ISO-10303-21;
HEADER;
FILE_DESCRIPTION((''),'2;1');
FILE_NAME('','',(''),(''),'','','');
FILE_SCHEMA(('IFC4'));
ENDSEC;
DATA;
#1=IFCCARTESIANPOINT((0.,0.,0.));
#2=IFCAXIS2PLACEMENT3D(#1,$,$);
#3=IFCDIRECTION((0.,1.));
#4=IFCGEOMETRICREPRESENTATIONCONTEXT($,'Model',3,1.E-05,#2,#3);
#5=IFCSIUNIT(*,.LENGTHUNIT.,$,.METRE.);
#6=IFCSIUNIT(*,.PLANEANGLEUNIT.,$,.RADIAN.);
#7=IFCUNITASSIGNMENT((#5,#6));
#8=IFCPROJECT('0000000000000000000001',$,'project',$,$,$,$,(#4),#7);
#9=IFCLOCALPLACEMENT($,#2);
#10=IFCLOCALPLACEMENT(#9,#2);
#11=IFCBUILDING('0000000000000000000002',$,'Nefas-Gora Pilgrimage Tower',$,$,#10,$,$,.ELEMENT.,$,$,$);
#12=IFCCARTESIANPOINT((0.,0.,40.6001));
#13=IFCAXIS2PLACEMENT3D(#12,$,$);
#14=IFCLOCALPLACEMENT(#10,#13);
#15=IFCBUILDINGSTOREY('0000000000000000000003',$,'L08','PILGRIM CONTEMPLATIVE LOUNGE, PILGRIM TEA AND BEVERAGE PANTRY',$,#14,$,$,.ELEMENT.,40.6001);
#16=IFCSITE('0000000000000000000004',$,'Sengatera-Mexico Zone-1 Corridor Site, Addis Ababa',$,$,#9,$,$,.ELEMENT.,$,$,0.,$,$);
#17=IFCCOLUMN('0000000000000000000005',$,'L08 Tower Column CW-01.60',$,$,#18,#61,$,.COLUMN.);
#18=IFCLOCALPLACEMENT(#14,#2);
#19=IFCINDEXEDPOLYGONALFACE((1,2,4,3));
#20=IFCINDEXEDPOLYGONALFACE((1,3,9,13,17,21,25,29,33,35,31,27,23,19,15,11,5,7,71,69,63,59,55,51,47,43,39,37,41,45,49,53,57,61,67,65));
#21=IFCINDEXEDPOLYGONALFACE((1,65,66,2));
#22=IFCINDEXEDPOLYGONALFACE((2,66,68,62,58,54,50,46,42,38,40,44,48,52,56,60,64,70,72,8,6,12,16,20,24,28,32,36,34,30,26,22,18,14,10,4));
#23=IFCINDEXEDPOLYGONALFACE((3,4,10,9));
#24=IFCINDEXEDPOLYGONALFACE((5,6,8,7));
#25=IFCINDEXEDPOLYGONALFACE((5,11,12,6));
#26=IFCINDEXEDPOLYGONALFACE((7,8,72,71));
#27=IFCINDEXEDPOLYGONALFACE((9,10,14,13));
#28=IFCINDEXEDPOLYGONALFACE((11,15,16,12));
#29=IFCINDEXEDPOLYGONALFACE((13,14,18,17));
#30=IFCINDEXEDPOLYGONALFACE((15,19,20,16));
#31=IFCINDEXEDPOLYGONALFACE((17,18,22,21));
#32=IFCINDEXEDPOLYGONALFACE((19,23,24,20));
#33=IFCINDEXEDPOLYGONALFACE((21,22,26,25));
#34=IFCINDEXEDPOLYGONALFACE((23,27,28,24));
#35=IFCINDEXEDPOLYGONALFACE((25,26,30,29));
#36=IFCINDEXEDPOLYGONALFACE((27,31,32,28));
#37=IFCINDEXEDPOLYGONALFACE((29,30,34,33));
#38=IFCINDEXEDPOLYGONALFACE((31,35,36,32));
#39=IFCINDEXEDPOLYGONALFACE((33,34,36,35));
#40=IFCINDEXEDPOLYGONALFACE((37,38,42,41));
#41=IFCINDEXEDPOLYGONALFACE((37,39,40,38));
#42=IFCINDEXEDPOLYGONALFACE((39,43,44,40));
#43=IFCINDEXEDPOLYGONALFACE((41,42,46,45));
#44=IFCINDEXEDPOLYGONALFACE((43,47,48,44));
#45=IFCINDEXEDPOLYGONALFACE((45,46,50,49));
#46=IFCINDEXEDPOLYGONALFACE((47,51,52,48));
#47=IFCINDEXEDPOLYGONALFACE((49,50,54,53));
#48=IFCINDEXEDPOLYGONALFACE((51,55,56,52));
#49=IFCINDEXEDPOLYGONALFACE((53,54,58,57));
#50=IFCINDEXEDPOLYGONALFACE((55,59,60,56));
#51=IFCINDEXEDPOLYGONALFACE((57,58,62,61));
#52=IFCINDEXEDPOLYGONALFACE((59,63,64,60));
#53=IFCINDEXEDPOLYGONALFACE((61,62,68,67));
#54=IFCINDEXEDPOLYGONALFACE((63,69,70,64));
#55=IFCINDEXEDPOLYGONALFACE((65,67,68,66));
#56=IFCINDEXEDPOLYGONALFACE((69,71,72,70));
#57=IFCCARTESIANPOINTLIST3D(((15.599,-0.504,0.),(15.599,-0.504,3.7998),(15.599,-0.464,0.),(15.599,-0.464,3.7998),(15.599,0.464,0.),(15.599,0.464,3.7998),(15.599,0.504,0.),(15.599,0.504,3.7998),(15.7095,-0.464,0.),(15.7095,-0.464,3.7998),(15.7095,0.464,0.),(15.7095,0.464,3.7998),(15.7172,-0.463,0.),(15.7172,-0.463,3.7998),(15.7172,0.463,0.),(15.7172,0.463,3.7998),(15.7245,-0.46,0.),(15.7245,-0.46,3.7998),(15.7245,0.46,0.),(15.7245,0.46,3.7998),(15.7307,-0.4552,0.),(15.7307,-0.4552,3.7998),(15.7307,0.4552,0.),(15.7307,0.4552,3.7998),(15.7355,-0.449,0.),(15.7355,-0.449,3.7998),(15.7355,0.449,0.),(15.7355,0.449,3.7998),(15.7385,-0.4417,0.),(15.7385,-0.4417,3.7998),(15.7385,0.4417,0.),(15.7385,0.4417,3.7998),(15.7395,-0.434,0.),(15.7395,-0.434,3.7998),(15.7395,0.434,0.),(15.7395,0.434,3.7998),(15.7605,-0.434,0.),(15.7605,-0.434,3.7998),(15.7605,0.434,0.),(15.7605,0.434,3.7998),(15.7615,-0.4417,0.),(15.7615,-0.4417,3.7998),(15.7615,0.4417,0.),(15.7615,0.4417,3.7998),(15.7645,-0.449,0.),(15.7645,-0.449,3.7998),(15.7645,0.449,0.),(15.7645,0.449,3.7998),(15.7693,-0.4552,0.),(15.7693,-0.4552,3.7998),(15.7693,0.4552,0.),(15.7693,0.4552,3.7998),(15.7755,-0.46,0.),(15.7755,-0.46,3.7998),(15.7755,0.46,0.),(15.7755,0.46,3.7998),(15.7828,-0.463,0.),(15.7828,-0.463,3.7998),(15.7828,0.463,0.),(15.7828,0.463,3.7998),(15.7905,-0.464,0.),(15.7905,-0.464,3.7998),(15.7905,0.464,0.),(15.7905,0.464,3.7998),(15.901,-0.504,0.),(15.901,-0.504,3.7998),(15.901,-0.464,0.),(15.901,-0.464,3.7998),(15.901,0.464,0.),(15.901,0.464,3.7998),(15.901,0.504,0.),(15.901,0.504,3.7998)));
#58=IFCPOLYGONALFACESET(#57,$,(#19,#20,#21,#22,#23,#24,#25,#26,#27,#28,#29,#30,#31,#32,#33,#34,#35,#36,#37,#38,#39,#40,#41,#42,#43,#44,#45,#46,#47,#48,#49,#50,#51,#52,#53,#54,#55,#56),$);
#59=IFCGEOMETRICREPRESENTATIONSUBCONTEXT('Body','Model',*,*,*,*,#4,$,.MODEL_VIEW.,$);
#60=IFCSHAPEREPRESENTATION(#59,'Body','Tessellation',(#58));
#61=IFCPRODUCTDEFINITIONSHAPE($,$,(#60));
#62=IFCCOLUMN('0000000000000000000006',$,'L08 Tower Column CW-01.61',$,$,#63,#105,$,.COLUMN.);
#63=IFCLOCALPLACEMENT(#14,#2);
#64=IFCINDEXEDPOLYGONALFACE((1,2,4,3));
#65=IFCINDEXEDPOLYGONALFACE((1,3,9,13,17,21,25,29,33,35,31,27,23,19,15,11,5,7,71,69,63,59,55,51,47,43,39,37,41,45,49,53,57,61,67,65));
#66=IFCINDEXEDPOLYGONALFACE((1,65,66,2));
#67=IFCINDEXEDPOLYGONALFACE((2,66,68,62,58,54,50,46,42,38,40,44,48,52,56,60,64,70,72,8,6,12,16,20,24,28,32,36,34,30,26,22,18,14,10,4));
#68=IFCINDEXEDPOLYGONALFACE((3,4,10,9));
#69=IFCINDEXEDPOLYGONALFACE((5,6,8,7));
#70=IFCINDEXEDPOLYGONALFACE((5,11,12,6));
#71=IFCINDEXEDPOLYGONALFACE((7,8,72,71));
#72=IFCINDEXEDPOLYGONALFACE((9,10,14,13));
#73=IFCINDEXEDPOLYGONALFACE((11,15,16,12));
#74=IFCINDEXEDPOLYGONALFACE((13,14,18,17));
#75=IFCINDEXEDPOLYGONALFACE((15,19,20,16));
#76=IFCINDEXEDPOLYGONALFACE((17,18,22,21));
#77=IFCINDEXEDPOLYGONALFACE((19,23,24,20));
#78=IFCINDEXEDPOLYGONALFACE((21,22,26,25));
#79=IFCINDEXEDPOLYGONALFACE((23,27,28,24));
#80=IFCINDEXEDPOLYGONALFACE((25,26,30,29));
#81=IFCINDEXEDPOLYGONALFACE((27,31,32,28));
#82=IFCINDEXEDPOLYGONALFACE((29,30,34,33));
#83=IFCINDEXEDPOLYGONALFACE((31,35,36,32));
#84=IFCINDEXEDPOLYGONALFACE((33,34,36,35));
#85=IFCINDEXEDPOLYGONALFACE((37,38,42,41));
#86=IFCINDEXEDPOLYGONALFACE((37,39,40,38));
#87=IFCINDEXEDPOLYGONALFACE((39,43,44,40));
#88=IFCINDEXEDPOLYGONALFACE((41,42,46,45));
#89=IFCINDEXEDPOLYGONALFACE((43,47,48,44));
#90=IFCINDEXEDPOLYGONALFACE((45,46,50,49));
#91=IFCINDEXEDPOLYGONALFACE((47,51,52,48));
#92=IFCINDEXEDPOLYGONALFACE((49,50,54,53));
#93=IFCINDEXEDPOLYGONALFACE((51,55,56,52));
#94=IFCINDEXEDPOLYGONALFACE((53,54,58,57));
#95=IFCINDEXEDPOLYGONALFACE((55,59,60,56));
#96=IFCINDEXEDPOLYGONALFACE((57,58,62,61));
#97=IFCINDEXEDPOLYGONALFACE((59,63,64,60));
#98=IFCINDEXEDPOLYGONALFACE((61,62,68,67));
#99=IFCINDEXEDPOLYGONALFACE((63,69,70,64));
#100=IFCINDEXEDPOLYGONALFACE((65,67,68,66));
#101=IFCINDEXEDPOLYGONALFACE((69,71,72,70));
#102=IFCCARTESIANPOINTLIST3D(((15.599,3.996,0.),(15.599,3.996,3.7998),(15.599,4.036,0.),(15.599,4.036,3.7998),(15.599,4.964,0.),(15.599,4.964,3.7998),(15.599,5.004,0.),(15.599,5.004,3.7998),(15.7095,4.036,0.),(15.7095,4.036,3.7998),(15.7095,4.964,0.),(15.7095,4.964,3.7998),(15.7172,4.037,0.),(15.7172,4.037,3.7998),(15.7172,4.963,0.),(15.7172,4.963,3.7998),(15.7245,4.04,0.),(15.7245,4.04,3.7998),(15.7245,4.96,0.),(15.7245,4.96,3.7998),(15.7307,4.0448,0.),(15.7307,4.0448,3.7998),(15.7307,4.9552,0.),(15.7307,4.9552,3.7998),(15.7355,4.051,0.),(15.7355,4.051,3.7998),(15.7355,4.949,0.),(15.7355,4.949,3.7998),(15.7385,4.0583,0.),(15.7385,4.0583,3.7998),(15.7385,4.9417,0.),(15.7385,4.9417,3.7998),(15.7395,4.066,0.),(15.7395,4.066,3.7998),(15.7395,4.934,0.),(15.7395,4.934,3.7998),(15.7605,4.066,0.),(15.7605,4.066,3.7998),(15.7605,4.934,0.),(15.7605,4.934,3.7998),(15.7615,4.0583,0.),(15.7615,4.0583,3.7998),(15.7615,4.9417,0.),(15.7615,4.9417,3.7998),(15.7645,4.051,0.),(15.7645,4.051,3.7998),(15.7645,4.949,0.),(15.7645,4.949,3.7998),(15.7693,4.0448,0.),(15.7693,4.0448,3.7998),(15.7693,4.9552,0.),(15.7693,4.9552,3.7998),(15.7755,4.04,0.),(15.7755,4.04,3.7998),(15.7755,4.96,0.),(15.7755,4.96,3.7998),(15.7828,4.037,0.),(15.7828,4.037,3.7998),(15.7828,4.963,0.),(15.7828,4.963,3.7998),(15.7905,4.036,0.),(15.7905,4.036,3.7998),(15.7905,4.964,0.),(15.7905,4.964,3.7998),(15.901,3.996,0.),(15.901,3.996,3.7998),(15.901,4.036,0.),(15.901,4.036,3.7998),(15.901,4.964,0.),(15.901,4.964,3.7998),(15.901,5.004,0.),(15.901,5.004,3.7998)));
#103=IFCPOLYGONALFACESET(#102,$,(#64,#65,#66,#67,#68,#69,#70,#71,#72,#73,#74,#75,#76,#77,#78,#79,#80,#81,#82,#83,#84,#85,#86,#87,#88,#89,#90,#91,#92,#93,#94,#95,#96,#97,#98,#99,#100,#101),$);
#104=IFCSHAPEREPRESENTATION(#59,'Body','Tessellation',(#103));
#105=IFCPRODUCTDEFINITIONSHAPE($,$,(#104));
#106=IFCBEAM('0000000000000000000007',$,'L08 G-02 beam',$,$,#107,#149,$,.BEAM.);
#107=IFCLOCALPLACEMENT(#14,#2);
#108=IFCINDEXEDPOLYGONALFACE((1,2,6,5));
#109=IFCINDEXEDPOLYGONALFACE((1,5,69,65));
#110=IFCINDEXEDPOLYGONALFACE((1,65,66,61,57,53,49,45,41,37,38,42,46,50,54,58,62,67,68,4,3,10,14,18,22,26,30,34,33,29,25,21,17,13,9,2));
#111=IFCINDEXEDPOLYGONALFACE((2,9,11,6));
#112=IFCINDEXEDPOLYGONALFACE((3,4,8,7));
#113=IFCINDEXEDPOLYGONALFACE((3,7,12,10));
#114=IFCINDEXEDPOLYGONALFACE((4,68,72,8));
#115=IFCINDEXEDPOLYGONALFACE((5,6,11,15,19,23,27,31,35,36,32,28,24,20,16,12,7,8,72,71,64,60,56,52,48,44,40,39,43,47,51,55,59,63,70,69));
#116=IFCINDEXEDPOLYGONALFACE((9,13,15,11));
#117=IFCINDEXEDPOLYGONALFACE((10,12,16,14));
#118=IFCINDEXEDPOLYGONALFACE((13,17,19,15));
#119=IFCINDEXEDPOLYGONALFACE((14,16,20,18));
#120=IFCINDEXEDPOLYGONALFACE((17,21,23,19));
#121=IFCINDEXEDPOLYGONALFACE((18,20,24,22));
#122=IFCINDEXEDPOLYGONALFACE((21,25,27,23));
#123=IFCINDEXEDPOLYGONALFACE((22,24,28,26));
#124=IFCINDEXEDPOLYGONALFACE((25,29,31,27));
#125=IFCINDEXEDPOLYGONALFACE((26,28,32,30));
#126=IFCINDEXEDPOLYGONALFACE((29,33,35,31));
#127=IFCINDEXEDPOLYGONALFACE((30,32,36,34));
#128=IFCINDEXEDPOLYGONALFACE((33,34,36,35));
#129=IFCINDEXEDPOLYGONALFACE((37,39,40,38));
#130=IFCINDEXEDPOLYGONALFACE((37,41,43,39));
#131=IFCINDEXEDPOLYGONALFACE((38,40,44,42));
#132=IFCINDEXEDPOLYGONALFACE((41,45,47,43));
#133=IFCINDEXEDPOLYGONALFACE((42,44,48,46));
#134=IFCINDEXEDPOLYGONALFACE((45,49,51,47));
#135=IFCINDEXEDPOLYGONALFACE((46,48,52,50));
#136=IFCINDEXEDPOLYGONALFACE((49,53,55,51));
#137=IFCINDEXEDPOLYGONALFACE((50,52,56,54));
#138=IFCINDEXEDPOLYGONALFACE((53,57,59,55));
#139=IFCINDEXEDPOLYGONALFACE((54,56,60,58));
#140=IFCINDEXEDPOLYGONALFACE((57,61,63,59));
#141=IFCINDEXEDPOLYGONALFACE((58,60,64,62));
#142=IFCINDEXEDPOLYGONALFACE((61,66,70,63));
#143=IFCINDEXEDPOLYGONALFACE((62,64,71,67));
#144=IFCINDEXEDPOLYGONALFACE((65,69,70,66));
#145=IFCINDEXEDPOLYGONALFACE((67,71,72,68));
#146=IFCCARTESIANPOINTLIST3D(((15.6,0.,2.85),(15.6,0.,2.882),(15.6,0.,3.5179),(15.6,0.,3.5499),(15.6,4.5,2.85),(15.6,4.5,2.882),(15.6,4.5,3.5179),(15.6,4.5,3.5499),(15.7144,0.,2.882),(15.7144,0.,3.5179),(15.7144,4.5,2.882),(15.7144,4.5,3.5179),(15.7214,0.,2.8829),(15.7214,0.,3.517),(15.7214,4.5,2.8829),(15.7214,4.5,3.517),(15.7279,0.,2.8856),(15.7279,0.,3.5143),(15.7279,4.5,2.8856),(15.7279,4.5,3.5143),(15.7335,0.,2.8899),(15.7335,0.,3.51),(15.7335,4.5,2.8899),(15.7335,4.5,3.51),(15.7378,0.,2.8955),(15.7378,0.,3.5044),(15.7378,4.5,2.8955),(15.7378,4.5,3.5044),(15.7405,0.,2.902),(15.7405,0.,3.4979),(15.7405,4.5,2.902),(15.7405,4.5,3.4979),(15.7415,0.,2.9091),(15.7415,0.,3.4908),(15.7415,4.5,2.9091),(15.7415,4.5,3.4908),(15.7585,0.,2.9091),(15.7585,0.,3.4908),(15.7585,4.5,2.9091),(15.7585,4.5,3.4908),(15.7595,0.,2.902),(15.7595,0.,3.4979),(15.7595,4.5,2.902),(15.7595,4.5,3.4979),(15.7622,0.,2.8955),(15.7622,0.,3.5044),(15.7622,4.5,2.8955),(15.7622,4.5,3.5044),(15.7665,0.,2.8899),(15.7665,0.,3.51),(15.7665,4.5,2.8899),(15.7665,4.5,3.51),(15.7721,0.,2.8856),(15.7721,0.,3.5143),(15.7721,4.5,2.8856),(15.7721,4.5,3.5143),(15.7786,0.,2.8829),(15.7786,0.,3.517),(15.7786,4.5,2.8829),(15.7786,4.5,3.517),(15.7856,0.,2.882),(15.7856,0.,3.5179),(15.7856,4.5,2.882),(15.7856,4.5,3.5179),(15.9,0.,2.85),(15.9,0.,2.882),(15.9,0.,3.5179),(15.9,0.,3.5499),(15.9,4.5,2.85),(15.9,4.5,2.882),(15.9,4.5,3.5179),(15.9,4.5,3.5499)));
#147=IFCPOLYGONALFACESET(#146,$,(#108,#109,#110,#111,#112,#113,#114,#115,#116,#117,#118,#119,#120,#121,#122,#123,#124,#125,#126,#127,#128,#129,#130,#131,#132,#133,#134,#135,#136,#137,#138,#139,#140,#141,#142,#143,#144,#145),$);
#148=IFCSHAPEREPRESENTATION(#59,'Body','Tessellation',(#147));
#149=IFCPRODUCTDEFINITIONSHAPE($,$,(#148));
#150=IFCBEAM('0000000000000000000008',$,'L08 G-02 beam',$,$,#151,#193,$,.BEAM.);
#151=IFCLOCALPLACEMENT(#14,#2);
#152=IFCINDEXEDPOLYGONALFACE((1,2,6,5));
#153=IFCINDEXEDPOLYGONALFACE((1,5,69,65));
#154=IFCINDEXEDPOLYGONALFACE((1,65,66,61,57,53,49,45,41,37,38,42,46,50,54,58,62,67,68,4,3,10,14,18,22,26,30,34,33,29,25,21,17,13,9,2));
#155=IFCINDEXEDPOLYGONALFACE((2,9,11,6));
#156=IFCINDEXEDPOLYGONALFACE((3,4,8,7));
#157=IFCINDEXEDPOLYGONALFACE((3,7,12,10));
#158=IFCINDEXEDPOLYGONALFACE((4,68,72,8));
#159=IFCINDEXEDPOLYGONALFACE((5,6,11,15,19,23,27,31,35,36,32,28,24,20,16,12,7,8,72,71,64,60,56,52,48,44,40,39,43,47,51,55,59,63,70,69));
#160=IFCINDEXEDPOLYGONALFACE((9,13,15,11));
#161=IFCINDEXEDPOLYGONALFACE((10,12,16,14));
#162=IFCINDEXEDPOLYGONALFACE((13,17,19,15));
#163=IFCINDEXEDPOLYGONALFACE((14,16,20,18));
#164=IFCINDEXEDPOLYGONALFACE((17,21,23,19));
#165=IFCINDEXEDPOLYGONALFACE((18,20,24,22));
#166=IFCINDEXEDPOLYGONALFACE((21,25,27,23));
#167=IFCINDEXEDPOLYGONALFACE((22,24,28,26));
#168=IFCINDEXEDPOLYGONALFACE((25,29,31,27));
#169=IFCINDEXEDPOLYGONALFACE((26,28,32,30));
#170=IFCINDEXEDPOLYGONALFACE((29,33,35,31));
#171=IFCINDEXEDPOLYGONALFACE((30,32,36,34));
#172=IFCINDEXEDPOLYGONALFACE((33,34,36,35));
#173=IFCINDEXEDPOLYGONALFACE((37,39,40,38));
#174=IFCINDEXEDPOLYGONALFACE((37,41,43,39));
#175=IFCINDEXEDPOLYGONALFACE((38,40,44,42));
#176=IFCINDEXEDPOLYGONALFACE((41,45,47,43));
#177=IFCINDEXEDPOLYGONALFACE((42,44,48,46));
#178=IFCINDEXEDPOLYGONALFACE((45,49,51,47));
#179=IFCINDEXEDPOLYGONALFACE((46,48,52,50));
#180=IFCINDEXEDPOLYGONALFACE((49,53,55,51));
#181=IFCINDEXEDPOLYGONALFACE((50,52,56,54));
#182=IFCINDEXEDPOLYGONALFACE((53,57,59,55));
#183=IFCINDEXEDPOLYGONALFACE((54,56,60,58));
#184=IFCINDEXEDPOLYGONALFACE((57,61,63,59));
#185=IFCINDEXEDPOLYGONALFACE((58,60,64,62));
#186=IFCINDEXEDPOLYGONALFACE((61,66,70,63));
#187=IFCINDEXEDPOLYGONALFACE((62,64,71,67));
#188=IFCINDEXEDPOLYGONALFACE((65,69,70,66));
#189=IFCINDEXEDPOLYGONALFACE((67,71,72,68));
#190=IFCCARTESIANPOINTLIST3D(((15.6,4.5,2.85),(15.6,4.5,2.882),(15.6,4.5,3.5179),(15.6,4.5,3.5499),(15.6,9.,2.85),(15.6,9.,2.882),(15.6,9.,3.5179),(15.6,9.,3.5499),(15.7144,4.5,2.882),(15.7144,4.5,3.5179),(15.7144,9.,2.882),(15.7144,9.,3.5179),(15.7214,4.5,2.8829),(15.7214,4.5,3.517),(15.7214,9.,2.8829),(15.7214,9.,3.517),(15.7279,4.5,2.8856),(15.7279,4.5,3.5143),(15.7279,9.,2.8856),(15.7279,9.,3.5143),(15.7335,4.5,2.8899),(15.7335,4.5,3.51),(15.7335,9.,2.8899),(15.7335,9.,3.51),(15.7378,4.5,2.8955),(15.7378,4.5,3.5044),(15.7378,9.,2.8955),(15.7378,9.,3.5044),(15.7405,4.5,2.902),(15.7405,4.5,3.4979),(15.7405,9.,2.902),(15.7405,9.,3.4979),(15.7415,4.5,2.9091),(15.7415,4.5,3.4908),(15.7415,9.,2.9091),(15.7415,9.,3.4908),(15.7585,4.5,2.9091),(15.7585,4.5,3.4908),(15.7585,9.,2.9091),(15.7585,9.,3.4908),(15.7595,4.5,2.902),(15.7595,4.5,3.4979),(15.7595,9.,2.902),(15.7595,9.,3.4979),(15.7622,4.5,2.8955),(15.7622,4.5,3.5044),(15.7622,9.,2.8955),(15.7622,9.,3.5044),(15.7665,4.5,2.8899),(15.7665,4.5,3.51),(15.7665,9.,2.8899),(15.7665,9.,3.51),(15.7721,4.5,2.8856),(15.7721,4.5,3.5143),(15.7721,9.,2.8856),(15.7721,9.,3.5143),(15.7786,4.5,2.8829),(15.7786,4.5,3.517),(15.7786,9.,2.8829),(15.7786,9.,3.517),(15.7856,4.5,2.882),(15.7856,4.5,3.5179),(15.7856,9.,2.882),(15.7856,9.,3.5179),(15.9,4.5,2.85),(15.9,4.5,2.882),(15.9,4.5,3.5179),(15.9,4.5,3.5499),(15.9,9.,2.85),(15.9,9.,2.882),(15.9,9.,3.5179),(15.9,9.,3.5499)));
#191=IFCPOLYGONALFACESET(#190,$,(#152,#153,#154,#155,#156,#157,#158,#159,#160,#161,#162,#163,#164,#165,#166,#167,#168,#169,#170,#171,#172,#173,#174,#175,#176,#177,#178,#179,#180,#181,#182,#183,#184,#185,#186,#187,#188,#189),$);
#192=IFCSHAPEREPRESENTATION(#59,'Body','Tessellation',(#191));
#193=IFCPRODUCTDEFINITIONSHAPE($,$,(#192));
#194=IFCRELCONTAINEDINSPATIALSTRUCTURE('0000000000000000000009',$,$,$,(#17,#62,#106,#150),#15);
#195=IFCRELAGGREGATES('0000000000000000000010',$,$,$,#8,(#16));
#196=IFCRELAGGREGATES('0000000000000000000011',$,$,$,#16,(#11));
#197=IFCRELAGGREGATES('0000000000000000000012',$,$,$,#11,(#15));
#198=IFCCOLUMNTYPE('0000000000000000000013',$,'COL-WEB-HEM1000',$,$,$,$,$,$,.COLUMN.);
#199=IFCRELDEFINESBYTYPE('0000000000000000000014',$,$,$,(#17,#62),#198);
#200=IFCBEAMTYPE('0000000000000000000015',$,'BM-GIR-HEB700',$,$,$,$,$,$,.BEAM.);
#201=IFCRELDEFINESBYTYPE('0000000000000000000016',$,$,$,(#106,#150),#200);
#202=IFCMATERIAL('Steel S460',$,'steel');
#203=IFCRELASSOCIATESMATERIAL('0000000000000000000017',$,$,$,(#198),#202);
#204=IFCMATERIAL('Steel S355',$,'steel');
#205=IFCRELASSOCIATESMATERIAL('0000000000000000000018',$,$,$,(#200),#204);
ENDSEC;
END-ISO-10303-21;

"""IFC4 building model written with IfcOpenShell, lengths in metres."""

from ifc_helpers import new_model, si_unit, direction, frame, origin, origin_2d, place, context, subcontext, project, spatial, i_section, extrude, source, transform, mapped, material, material_profile, profile_set, type_object, element, save


model = new_model("IFC4")

# Units and contexts
model_context = context("Model", 3, precision=1e-05, world=origin(), true_north=direction((0.0, 1.0)))
body_context = subcontext(model_context, "Body", "Model", "MODEL_VIEW")
ifc_project = project(units=[si_unit("LENGTHUNIT", "METRE"), si_unit("PLANEANGLEUNIT", "RADIAN")], contexts=[model_context])

# Site, building, storey
site_placement = place(None, origin())
site = spatial("IfcSite", under=ifc_project, at=site_placement, Name="Sengatera-Mexico Zone-1 Corridor Site, Addis Ababa", CompositionType="ELEMENT", RefElevation=0.0)
building_placement = place(site_placement, origin())
building = spatial("IfcBuilding", under=site, at=building_placement, Name="Nefas-Gora Pilgrimage Tower", CompositionType="ELEMENT")
storey_placement = place(building_placement, frame((0.0, 0.0, 40.6001)))
storey = spatial("IfcBuildingStorey", under=building, at=storey_placement, Name="L08", Description="PILGRIM CONTEMPLATIVE LOUNGE, PILGRIM TEA AND BEVERAGE PANTRY", CompositionType="ELEMENT", Elevation=40.6001)

# Columns
ifc_material_1 = material(Name="Steel S460", Category="steel")
ifc_material_profile_1 = material_profile(ifc_material_1, i_section(OverallWidth=0.302, OverallDepth=1.0081, WebThickness=0.021, FlangeThickness=0.04, FilletRadius=0.03, at=origin_2d()), Name="HEM 1000")
ifc_profile_set_1 = profile_set([ifc_material_profile_1], Name="Steel S460")
column_type = type_object("IfcColumnType", Name="COL-WEB-HEM1000", PredefinedType="COLUMN", material=ifc_profile_set_1)
shared_shape_1 = source(origin(), body_context, "Body", "SweptSolid", [
    extrude(i_section(OverallWidth=0.302, OverallDepth=1.0081, WebThickness=0.021, FlangeThickness=0.04, FilletRadius=0.03, at=origin_2d()), origin(), (0.0, 0.0, 1.0), 3.7998),
])
for number, where, z_axis, x_axis, name in (
    (1, (15.75, 0.0, 0.0), (0.0, 0.0, 1.0), (1.0, 0.0, 0.0), "L08 Tower Column CW-01.60"),
    (2, (15.75, 4.5, 0.0), (0.0, 0.0, 1.0), (1.0, 0.0, 0.0), "L08 Tower Column CW-01.61"),
):
    element("IfcColumn", number, at=place(storey_placement, frame(where, z_axis=z_axis, x_axis=x_axis)), inside=storey, type_object=column_type, Name=name, PredefinedType="COLUMN", context=body_context, shape_type="MappedRepresentation", body=[
        mapped(shared_shape_1, transform((0.0, 0.0, 0.0), x_axis=(1.0, 0.0, 0.0), y_axis=(0.0, 1.0, 0.0), z_axis=(0.0, 0.0, 1.0), scale=1.0)),
    ])

# Beams
ifc_material_2 = material(Name="Steel S355", Category="steel")
ifc_material_profile_2 = material_profile(ifc_material_2, i_section(OverallWidth=0.3, OverallDepth=0.7, WebThickness=0.0171, FlangeThickness=0.032, FilletRadius=0.0271, at=origin_2d()), Name="HEB 700")
ifc_profile_set_2 = profile_set([ifc_material_profile_2], Name="Steel S355")
beam_type = type_object("IfcBeamType", Name="BM-GIR-HEB700", PredefinedType="BEAM", material=ifc_profile_set_2)
shared_shape_2 = source(origin(), body_context, "Body", "SweptSolid", [
    extrude(i_section(OverallWidth=0.3, OverallDepth=0.7, WebThickness=0.0171, FlangeThickness=0.032, FilletRadius=0.0271, at=origin_2d()), origin(), (0.0, 0.0, 1.0), 4.5),
])
for number, where, z_axis, x_axis, name in (
    (3, (15.75, 0.0, 3.2), (0.0, 1.0, 0.0), (-1.0, 0.0, 0.0), "L08 G-02 beam"),
    (4, (15.75, 4.5, 3.2), (0.0, 1.0, 0.0), (-1.0, 0.0, 0.0), "L08 G-02 beam"),
):
    element("IfcBeam", number, at=place(storey_placement, frame(where, z_axis=z_axis, x_axis=x_axis)), inside=storey, type_object=beam_type, Name=name, PredefinedType="BEAM", context=body_context, shape_type="MappedRepresentation", body=[
        mapped(shared_shape_2, transform((0.0, 0.0, 0.0), x_axis=(1.0, 0.0, 0.0), y_axis=(0.0, 1.0, 0.0), z_axis=(0.0, 0.0, 1.0), scale=1.0)),
    ])

save(model, "model.ifc")
